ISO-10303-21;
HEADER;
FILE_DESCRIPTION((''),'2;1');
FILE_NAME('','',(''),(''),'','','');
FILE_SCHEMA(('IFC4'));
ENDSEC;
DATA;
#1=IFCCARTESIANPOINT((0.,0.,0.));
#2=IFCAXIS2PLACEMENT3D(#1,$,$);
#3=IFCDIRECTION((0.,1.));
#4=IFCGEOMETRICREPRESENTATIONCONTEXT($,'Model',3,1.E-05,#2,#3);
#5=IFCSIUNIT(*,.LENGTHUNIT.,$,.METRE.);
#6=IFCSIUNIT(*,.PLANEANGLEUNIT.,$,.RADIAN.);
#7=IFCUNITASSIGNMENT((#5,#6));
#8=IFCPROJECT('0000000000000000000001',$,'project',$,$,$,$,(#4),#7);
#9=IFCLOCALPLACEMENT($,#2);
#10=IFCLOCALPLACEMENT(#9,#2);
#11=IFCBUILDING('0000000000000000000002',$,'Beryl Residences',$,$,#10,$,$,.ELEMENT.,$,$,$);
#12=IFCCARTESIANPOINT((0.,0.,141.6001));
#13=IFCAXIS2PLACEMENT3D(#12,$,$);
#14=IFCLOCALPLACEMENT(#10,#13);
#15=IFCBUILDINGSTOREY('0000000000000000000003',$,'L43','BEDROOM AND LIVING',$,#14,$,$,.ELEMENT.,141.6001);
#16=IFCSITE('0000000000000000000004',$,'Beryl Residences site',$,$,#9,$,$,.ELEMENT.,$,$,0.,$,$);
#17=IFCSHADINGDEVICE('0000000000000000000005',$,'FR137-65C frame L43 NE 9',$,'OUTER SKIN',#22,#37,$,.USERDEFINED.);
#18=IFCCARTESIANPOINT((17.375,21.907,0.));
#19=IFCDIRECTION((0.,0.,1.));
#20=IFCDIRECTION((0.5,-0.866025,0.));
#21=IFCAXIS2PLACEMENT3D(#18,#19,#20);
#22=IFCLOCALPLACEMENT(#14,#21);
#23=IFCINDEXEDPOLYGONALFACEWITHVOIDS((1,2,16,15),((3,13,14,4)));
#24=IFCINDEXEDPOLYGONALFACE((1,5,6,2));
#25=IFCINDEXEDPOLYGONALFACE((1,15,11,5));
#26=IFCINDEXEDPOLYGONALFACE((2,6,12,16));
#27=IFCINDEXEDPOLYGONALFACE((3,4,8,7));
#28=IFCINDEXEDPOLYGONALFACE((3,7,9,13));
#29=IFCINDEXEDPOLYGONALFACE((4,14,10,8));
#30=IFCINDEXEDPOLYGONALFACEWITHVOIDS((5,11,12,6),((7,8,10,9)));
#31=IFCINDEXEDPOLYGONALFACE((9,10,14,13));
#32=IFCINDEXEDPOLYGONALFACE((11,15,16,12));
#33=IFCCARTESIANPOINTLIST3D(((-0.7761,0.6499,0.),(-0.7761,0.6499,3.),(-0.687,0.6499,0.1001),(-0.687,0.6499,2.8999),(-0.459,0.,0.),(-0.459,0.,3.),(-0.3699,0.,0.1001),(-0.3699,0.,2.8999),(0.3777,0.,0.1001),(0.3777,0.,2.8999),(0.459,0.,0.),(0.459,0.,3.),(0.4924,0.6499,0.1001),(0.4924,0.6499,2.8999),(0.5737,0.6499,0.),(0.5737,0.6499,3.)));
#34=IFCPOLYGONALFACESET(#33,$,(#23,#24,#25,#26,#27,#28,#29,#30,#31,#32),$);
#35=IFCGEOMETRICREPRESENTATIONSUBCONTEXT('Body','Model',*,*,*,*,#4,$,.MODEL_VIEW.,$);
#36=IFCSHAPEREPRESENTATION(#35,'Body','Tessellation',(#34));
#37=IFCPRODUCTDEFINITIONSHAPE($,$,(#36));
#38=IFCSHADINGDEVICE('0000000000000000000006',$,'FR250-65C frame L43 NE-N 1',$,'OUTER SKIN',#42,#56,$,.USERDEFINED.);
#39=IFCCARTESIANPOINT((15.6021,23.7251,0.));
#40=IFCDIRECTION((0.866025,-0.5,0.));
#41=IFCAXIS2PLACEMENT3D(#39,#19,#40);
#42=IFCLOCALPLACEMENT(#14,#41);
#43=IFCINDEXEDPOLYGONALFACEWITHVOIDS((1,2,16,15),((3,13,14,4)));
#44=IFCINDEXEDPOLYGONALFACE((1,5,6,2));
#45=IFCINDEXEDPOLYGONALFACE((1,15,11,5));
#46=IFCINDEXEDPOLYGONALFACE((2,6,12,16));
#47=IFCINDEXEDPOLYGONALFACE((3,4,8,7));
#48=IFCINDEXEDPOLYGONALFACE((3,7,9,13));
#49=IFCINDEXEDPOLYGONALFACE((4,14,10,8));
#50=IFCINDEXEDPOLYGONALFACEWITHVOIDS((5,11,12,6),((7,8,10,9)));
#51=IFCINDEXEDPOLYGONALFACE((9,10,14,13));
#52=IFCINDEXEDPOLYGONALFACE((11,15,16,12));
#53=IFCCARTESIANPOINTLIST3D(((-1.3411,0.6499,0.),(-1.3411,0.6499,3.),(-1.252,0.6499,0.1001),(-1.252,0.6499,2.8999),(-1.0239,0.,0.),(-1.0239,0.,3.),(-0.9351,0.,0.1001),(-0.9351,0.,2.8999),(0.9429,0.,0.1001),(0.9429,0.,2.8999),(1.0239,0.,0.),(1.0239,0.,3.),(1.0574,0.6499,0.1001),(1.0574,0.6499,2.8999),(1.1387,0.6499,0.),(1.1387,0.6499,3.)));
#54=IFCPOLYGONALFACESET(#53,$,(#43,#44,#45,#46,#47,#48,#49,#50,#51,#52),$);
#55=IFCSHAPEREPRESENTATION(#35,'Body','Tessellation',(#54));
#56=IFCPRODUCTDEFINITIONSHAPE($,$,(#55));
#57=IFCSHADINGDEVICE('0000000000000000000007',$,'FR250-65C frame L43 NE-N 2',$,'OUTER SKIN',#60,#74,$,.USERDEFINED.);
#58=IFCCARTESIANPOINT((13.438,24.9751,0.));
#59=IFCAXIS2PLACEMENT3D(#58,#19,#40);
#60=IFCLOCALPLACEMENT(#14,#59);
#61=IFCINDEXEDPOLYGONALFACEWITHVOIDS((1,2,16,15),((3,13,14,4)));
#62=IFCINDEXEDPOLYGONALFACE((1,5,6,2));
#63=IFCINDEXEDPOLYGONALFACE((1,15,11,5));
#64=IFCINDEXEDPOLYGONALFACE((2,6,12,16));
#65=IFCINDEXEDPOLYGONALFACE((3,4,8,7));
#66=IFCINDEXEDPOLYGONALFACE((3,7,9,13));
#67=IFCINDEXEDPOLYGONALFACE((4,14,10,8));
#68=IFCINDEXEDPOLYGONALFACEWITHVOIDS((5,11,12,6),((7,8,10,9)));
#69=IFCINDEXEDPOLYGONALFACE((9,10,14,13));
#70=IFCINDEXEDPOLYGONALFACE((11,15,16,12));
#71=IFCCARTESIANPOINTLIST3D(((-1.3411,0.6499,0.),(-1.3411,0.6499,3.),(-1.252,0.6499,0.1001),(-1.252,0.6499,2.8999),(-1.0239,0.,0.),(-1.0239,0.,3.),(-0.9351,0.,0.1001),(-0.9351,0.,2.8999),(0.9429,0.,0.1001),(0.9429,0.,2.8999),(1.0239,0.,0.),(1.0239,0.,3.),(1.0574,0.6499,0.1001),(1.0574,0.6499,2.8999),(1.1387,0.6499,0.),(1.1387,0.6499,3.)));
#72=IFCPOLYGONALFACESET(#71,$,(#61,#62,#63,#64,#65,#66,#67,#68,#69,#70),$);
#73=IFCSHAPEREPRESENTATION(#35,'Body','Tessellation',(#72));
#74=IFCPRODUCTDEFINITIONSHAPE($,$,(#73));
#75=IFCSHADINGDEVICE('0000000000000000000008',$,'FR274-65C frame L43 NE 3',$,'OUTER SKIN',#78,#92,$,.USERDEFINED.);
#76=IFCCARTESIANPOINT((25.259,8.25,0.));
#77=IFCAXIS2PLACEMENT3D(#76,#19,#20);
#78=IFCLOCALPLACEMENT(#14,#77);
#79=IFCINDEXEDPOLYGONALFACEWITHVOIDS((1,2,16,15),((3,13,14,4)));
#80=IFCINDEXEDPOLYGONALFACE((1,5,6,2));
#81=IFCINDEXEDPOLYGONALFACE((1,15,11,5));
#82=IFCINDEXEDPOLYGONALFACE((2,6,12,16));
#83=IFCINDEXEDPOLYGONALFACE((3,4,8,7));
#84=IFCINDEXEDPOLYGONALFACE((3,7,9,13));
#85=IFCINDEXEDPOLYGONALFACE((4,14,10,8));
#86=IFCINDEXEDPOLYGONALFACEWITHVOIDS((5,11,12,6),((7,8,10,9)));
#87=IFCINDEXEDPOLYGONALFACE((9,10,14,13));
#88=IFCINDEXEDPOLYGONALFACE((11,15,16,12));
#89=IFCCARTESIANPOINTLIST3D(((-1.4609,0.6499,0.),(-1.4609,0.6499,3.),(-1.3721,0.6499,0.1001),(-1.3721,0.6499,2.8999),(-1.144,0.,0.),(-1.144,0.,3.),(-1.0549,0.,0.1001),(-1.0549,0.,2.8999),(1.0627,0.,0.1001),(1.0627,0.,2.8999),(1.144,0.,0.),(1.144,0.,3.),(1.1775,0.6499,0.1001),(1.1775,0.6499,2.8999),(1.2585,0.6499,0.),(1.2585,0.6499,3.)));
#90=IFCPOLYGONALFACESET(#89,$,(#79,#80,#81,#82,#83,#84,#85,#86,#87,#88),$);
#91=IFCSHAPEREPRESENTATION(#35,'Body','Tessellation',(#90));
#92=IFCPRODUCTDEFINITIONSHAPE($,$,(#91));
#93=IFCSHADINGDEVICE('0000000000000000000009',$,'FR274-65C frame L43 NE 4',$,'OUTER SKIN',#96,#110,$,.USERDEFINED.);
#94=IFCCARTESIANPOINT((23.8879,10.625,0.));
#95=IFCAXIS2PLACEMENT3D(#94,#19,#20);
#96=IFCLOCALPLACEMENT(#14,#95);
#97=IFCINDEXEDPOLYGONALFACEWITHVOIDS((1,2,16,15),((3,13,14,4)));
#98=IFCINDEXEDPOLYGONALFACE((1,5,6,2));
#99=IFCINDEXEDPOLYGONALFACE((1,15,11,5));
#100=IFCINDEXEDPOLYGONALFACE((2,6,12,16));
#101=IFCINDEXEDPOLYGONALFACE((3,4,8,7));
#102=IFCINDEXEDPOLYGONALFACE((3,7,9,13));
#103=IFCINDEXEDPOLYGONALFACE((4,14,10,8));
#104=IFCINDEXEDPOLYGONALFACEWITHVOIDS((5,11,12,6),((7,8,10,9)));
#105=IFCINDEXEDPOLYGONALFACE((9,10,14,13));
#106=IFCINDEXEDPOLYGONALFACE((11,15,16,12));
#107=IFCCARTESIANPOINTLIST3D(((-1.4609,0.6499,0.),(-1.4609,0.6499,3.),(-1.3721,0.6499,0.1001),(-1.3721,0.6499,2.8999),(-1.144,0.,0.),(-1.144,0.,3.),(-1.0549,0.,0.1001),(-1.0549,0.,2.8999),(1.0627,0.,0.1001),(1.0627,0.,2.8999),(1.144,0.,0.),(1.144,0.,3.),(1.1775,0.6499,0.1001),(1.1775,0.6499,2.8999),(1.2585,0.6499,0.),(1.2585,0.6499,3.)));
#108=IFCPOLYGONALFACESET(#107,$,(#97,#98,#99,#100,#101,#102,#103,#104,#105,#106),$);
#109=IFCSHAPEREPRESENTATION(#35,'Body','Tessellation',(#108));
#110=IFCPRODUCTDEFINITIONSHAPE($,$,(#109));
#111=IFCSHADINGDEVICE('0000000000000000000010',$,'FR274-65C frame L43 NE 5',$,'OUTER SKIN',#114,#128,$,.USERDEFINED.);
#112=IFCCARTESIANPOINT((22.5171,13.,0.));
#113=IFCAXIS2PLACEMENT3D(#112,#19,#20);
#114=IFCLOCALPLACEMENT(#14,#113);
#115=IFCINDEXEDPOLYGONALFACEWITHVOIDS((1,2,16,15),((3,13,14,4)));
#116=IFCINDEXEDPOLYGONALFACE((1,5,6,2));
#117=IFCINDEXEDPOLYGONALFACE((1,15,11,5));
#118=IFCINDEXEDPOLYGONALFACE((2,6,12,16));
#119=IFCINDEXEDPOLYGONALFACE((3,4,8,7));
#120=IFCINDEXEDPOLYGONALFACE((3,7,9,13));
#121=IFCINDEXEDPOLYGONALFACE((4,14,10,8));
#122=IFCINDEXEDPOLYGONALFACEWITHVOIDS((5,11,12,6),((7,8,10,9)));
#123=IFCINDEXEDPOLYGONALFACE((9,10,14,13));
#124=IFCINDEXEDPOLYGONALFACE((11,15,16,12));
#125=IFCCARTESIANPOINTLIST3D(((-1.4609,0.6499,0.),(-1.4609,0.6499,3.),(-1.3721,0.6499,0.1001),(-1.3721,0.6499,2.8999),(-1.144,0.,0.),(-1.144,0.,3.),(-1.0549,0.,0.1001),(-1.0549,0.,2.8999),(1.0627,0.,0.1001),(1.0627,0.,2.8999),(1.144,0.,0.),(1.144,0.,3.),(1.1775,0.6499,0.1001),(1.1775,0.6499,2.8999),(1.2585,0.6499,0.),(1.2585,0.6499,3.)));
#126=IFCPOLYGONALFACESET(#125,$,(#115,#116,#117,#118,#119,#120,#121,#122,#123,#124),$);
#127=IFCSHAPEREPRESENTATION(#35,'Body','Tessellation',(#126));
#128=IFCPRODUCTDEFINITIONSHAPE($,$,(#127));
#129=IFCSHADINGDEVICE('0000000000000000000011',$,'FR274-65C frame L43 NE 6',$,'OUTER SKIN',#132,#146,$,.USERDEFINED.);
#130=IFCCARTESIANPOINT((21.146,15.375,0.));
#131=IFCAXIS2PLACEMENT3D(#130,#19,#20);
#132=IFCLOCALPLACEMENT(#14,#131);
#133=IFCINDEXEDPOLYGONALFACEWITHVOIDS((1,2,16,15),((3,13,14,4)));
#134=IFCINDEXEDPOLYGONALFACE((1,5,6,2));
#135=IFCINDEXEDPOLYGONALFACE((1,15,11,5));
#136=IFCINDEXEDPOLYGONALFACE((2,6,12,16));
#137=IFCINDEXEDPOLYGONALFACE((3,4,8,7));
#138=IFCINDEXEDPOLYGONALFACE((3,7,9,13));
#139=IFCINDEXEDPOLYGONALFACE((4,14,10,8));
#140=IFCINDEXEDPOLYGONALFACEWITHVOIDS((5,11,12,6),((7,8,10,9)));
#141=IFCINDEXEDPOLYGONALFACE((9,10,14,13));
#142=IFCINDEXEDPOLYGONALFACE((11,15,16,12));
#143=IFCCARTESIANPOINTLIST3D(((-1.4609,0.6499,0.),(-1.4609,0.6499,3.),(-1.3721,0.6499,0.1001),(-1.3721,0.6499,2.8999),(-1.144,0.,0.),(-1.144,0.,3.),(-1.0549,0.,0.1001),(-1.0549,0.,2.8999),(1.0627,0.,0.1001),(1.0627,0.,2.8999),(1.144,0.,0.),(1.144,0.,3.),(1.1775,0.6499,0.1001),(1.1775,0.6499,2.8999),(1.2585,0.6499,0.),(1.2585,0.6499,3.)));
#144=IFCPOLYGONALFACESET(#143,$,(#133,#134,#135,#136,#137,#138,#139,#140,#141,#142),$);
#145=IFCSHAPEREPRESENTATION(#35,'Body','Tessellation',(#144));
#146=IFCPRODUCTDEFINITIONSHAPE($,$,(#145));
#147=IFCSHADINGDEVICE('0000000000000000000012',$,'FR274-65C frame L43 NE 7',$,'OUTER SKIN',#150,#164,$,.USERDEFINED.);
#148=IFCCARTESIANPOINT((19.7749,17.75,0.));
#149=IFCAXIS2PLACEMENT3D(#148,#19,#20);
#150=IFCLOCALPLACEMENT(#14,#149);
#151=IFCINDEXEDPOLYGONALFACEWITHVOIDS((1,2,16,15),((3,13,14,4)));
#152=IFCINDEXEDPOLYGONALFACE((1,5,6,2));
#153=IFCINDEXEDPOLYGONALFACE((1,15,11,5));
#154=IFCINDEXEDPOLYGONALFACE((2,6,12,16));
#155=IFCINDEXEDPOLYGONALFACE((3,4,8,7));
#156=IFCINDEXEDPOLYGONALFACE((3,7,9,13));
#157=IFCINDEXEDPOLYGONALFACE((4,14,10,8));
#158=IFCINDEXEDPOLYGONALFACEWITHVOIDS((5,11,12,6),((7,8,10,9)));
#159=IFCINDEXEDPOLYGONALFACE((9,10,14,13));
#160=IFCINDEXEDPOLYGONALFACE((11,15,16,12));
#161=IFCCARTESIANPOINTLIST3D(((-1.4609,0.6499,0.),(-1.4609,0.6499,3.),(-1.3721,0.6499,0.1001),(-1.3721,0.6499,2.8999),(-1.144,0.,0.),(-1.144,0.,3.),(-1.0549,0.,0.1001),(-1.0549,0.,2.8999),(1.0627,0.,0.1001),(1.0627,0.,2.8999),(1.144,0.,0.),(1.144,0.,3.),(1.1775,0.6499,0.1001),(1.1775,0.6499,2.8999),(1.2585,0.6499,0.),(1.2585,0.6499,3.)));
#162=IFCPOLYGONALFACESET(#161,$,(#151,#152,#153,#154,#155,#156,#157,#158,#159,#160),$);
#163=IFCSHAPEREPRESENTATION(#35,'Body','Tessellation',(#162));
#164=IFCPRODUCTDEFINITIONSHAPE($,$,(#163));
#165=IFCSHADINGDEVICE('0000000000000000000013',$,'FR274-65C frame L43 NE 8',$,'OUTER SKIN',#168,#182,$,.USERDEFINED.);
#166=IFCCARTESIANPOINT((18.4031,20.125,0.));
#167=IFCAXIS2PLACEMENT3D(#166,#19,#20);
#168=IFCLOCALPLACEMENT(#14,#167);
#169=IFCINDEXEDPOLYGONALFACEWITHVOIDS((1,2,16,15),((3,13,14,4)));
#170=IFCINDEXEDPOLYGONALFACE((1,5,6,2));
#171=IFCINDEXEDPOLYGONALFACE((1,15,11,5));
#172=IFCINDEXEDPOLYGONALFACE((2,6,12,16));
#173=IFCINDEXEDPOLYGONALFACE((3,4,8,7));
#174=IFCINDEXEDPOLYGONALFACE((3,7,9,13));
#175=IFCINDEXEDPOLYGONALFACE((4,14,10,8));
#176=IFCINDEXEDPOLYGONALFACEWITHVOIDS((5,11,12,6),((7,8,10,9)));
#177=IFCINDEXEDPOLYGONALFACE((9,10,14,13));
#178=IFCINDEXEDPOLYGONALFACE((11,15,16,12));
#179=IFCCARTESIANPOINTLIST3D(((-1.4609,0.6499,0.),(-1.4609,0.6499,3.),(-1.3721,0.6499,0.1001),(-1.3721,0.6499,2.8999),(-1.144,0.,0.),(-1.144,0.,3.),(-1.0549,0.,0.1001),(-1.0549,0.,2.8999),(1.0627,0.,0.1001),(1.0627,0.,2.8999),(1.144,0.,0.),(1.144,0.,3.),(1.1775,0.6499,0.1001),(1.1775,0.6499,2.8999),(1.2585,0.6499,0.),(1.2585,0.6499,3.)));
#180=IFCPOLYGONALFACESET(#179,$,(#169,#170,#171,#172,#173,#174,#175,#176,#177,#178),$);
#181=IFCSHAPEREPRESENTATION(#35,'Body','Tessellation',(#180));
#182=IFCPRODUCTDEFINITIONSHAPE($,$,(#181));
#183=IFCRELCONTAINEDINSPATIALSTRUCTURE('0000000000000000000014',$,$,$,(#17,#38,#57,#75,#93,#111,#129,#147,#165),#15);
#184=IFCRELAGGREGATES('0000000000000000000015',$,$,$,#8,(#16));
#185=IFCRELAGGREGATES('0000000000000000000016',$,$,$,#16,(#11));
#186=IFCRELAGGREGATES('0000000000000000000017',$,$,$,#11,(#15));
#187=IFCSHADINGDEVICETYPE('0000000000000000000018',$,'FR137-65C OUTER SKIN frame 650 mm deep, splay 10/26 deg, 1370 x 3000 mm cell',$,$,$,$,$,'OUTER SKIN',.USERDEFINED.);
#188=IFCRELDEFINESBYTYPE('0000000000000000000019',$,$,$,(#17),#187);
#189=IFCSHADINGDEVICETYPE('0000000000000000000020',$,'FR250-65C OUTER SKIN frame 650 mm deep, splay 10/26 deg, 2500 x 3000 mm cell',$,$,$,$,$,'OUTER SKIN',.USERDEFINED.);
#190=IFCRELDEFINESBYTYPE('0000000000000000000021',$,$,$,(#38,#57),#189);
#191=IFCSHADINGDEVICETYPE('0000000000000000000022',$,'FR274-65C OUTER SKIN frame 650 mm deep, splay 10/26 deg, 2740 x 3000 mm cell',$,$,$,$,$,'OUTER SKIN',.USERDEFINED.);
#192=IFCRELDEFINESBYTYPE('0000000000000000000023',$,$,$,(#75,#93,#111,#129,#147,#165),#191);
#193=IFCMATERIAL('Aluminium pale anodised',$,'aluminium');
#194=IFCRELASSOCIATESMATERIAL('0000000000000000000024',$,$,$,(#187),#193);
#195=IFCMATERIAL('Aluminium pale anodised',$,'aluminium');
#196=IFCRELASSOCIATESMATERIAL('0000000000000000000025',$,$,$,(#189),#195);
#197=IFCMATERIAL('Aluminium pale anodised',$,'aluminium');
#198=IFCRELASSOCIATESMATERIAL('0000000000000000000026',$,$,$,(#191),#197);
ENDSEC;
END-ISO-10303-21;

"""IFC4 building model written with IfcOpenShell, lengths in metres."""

from ifc_helpers import new_model, entity, si_unit, direction, frame, origin, place, context, subcontext, project, spatial, source, transform, mapped, material, type_object, type_shapes, element, save


model = new_model("IFC4")

# Units and contexts
model_context = context("Model", 3, precision=1e-05, world=origin(), true_north=direction((0.0, 1.0)))
body_context = subcontext(model_context, "Body", "Model", "MODEL_VIEW")
ifc_project = project(units=[si_unit("LENGTHUNIT", "METRE"), si_unit("PLANEANGLEUNIT", "RADIAN")], contexts=[model_context])

# Site, building, storey
site_placement = place(None, origin())
site = spatial("IfcSite", under=ifc_project, at=site_placement, Name="Beryl Residences site", CompositionType="ELEMENT", RefElevation=0.0)
building_placement = place(site_placement, origin())
building = spatial("IfcBuilding", under=site, at=building_placement, Name="Beryl Residences", CompositionType="ELEMENT")
storey_placement = place(building_placement, frame((0.0, 0.0, 141.6001)))
storey = spatial("IfcBuildingStorey", under=building, at=storey_placement, Name="L43", Description="BEDROOM AND LIVING", CompositionType="ELEMENT", Elevation=141.6001)

# Shading devices
ifc_material_1 = material(Name="Aluminium pale anodised", Category="aluminium")
shading_device_type_1 = type_object("IfcShadingDeviceType", Name="FR137-65C OUTER SKIN frame 650 mm deep, splay 10/26 deg, 1370 x 3000 mm cell", ElementType="OUTER SKIN", PredefinedType="USERDEFINED", material=ifc_material_1)
cartesian_point_1 = entity("IfcCartesianPoint", [-0.459, 0.0])
cartesian_point_2 = entity("IfcCartesianPoint", [-0.3777, 0.1001])
cartesian_point_3 = entity("IfcCartesianPoint", [-0.5737, 0.0])
cartesian_point_4 = entity("IfcCartesianPoint", [-0.4924, 0.1001])
shared_shape_1 = source(origin(), body_context, "Body", "SweptSolid", [
    entity("IfcExtrudedAreaSolidTapered", entity("IfcArbitraryProfileDefWithVoids", "AREA", None, entity("IfcPolyline", [cartesian_point_1, entity("IfcCartesianPoint", [0.459, 0.0]), entity("IfcCartesianPoint", [0.459, 3.0]), entity("IfcCartesianPoint", [-0.459, 3.0]), cartesian_point_1]), [entity("IfcPolyline", [cartesian_point_2, entity("IfcCartesianPoint", [0.3699, 0.1001]), entity("IfcCartesianPoint", [0.3699, 2.8999]), entity("IfcCartesianPoint", [-0.3777, 2.8999]), cartesian_point_2])]), entity("IfcAxis2Placement3D", entity("IfcCartesianPoint", [0.0, 0.0, 0.0]), entity("IfcDirection", [0.0, 1.0, 0.0]), entity("IfcDirection", [-1.0, 0.0, 0.0])), entity("IfcDirection", [0.0, 0.0, 1.0]), 0.6499, entity("IfcArbitraryProfileDefWithVoids", "AREA", None, entity("IfcPolyline", [cartesian_point_3, entity("IfcCartesianPoint", [0.7761, 0.0]), entity("IfcCartesianPoint", [0.7761, 3.0]), entity("IfcCartesianPoint", [-0.5737, 3.0]), cartesian_point_3]), [entity("IfcPolyline", [cartesian_point_4, entity("IfcCartesianPoint", [0.687, 0.1001]), entity("IfcCartesianPoint", [0.687, 2.8999]), entity("IfcCartesianPoint", [-0.4924, 2.8999]), cartesian_point_4])])),
])
type_shapes(shading_device_type_1, [shared_shape_1])
shading_device_placement = place(storey_placement, frame((17.375, 21.907, 0.0), z_axis=(0.0, 0.0, 1.0), x_axis=(0.5, -0.866025, 0.0)))
element("IfcShadingDevice", 1, at=shading_device_placement, inside=storey, type_object=shading_device_type_1, Name="FR137-65C frame L43 NE 9", ObjectType="OUTER SKIN", PredefinedType="USERDEFINED", context=body_context, shape_type="MappedRepresentation", body=[
    mapped(shared_shape_1, transform((0.0, 0.0, 0.0))),
])
ifc_material_2 = material(Name="Aluminium pale anodised", Category="aluminium")
shading_device_type_2 = type_object("IfcShadingDeviceType", Name="FR250-65C OUTER SKIN frame 650 mm deep, splay 10/26 deg, 2500 x 3000 mm cell", ElementType="OUTER SKIN", PredefinedType="USERDEFINED", material=ifc_material_2)
cartesian_point_5 = entity("IfcCartesianPoint", [-1.0239, 0.0])
cartesian_point_6 = entity("IfcCartesianPoint", [-0.9429, 0.1001])
cartesian_point_7 = entity("IfcCartesianPoint", [-1.1387, 0.0])
cartesian_point_8 = entity("IfcCartesianPoint", [-1.0574, 0.1001])
shared_shape_2 = source(origin(), body_context, "Body", "SweptSolid", [
    entity("IfcExtrudedAreaSolidTapered", entity("IfcArbitraryProfileDefWithVoids", "AREA", None, entity("IfcPolyline", [cartesian_point_5, entity("IfcCartesianPoint", [1.0239, 0.0]), entity("IfcCartesianPoint", [1.0239, 3.0]), entity("IfcCartesianPoint", [-1.0239, 3.0]), cartesian_point_5]), [entity("IfcPolyline", [cartesian_point_6, entity("IfcCartesianPoint", [0.9351, 0.1001]), entity("IfcCartesianPoint", [0.9351, 2.8999]), entity("IfcCartesianPoint", [-0.9429, 2.8999]), cartesian_point_6])]), entity("IfcAxis2Placement3D", entity("IfcCartesianPoint", [0.0, 0.0, 0.0]), entity("IfcDirection", [0.0, 1.0, 0.0]), entity("IfcDirection", [-1.0, 0.0, 0.0])), entity("IfcDirection", [0.0, 0.0, 1.0]), 0.6499, entity("IfcArbitraryProfileDefWithVoids", "AREA", None, entity("IfcPolyline", [cartesian_point_7, entity("IfcCartesianPoint", [1.3411, 0.0]), entity("IfcCartesianPoint", [1.3411, 3.0]), entity("IfcCartesianPoint", [-1.1387, 3.0]), cartesian_point_7]), [entity("IfcPolyline", [cartesian_point_8, entity("IfcCartesianPoint", [1.252, 0.1001]), entity("IfcCartesianPoint", [1.252, 2.8999]), entity("IfcCartesianPoint", [-1.0574, 2.8999]), cartesian_point_8])])),
])
type_shapes(shading_device_type_2, [shared_shape_2])
for number, where, z_axis, x_axis, name in (
    (2, (15.6021, 23.7251, 0.0), (0.0, 0.0, 1.0), (0.866025, -0.5, 0.0), "FR250-65C frame L43 NE-N 1"),
    (3, (13.438, 24.9751, 0.0), (0.0, 0.0, 1.0), (0.866025, -0.5, 0.0), "FR250-65C frame L43 NE-N 2"),
):
    element("IfcShadingDevice", number, at=place(storey_placement, frame(where, z_axis=z_axis, x_axis=x_axis)), inside=storey, type_object=shading_device_type_2, Name=name, ObjectType="OUTER SKIN", PredefinedType="USERDEFINED", context=body_context, shape_type="MappedRepresentation", body=[
        mapped(shared_shape_2, transform((0.0, 0.0, 0.0))),
    ])
ifc_material_3 = material(Name="Aluminium pale anodised", Category="aluminium")
shading_device_type_3 = type_object("IfcShadingDeviceType", Name="FR274-65C OUTER SKIN frame 650 mm deep, splay 10/26 deg, 2740 x 3000 mm cell", ElementType="OUTER SKIN", PredefinedType="USERDEFINED", material=ifc_material_3)
cartesian_point_9 = entity("IfcCartesianPoint", [-1.144, 0.0])
cartesian_point_10 = entity("IfcCartesianPoint", [-1.0627, 0.1001])
cartesian_point_11 = entity("IfcCartesianPoint", [-1.2585, 0.0])
cartesian_point_12 = entity("IfcCartesianPoint", [-1.1775, 0.1001])
shared_shape_3 = source(origin(), body_context, "Body", "SweptSolid", [
    entity("IfcExtrudedAreaSolidTapered", entity("IfcArbitraryProfileDefWithVoids", "AREA", None, entity("IfcPolyline", [cartesian_point_9, entity("IfcCartesianPoint", [1.144, 0.0]), entity("IfcCartesianPoint", [1.144, 3.0]), entity("IfcCartesianPoint", [-1.144, 3.0]), cartesian_point_9]), [entity("IfcPolyline", [cartesian_point_10, entity("IfcCartesianPoint", [1.0549, 0.1001]), entity("IfcCartesianPoint", [1.0549, 2.8999]), entity("IfcCartesianPoint", [-1.0627, 2.8999]), cartesian_point_10])]), entity("IfcAxis2Placement3D", entity("IfcCartesianPoint", [0.0, 0.0, 0.0]), entity("IfcDirection", [0.0, 1.0, 0.0]), entity("IfcDirection", [-1.0, 0.0, 0.0])), entity("IfcDirection", [0.0, 0.0, 1.0]), 0.6499, entity("IfcArbitraryProfileDefWithVoids", "AREA", None, entity("IfcPolyline", [cartesian_point_11, entity("IfcCartesianPoint", [1.4609, 0.0]), entity("IfcCartesianPoint", [1.4609, 3.0]), entity("IfcCartesianPoint", [-1.2585, 3.0]), cartesian_point_11]), [entity("IfcPolyline", [cartesian_point_12, entity("IfcCartesianPoint", [1.3721, 0.1001]), entity("IfcCartesianPoint", [1.3721, 2.8999]), entity("IfcCartesianPoint", [-1.1775, 2.8999]), cartesian_point_12])])),
])
type_shapes(shading_device_type_3, [shared_shape_3])
for number, where, z_axis, x_axis, name in (
    (4, (25.259, 8.25, 0.0), (0.0, 0.0, 1.0), (0.5, -0.866025, 0.0), "FR274-65C frame L43 NE 3"),
    (5, (23.8879, 10.625, 0.0), (0.0, 0.0, 1.0), (0.5, -0.866025, 0.0), "FR274-65C frame L43 NE 4"),
    (6, (22.5171, 13.0, 0.0), (0.0, 0.0, 1.0), (0.5, -0.866025, 0.0), "FR274-65C frame L43 NE 5"),
    (7, (21.146, 15.375, 0.0), (0.0, 0.0, 1.0), (0.5, -0.866025, 0.0), "FR274-65C frame L43 NE 6"),
    (8, (19.7749, 17.75, 0.0), (0.0, 0.0, 1.0), (0.5, -0.866025, 0.0), "FR274-65C frame L43 NE 7"),
    (9, (18.4031, 20.125, 0.0), (0.0, 0.0, 1.0), (0.5, -0.866025, 0.0), "FR274-65C frame L43 NE 8"),
):
    element("IfcShadingDevice", number, at=place(storey_placement, frame(where, z_axis=z_axis, x_axis=x_axis)), inside=storey, type_object=shading_device_type_3, Name=name, ObjectType="OUTER SKIN", PredefinedType="USERDEFINED", context=body_context, shape_type="MappedRepresentation", body=[
        mapped(shared_shape_3, transform((0.0, 0.0, 0.0))),
    ])

save(model, "model.ifc")
